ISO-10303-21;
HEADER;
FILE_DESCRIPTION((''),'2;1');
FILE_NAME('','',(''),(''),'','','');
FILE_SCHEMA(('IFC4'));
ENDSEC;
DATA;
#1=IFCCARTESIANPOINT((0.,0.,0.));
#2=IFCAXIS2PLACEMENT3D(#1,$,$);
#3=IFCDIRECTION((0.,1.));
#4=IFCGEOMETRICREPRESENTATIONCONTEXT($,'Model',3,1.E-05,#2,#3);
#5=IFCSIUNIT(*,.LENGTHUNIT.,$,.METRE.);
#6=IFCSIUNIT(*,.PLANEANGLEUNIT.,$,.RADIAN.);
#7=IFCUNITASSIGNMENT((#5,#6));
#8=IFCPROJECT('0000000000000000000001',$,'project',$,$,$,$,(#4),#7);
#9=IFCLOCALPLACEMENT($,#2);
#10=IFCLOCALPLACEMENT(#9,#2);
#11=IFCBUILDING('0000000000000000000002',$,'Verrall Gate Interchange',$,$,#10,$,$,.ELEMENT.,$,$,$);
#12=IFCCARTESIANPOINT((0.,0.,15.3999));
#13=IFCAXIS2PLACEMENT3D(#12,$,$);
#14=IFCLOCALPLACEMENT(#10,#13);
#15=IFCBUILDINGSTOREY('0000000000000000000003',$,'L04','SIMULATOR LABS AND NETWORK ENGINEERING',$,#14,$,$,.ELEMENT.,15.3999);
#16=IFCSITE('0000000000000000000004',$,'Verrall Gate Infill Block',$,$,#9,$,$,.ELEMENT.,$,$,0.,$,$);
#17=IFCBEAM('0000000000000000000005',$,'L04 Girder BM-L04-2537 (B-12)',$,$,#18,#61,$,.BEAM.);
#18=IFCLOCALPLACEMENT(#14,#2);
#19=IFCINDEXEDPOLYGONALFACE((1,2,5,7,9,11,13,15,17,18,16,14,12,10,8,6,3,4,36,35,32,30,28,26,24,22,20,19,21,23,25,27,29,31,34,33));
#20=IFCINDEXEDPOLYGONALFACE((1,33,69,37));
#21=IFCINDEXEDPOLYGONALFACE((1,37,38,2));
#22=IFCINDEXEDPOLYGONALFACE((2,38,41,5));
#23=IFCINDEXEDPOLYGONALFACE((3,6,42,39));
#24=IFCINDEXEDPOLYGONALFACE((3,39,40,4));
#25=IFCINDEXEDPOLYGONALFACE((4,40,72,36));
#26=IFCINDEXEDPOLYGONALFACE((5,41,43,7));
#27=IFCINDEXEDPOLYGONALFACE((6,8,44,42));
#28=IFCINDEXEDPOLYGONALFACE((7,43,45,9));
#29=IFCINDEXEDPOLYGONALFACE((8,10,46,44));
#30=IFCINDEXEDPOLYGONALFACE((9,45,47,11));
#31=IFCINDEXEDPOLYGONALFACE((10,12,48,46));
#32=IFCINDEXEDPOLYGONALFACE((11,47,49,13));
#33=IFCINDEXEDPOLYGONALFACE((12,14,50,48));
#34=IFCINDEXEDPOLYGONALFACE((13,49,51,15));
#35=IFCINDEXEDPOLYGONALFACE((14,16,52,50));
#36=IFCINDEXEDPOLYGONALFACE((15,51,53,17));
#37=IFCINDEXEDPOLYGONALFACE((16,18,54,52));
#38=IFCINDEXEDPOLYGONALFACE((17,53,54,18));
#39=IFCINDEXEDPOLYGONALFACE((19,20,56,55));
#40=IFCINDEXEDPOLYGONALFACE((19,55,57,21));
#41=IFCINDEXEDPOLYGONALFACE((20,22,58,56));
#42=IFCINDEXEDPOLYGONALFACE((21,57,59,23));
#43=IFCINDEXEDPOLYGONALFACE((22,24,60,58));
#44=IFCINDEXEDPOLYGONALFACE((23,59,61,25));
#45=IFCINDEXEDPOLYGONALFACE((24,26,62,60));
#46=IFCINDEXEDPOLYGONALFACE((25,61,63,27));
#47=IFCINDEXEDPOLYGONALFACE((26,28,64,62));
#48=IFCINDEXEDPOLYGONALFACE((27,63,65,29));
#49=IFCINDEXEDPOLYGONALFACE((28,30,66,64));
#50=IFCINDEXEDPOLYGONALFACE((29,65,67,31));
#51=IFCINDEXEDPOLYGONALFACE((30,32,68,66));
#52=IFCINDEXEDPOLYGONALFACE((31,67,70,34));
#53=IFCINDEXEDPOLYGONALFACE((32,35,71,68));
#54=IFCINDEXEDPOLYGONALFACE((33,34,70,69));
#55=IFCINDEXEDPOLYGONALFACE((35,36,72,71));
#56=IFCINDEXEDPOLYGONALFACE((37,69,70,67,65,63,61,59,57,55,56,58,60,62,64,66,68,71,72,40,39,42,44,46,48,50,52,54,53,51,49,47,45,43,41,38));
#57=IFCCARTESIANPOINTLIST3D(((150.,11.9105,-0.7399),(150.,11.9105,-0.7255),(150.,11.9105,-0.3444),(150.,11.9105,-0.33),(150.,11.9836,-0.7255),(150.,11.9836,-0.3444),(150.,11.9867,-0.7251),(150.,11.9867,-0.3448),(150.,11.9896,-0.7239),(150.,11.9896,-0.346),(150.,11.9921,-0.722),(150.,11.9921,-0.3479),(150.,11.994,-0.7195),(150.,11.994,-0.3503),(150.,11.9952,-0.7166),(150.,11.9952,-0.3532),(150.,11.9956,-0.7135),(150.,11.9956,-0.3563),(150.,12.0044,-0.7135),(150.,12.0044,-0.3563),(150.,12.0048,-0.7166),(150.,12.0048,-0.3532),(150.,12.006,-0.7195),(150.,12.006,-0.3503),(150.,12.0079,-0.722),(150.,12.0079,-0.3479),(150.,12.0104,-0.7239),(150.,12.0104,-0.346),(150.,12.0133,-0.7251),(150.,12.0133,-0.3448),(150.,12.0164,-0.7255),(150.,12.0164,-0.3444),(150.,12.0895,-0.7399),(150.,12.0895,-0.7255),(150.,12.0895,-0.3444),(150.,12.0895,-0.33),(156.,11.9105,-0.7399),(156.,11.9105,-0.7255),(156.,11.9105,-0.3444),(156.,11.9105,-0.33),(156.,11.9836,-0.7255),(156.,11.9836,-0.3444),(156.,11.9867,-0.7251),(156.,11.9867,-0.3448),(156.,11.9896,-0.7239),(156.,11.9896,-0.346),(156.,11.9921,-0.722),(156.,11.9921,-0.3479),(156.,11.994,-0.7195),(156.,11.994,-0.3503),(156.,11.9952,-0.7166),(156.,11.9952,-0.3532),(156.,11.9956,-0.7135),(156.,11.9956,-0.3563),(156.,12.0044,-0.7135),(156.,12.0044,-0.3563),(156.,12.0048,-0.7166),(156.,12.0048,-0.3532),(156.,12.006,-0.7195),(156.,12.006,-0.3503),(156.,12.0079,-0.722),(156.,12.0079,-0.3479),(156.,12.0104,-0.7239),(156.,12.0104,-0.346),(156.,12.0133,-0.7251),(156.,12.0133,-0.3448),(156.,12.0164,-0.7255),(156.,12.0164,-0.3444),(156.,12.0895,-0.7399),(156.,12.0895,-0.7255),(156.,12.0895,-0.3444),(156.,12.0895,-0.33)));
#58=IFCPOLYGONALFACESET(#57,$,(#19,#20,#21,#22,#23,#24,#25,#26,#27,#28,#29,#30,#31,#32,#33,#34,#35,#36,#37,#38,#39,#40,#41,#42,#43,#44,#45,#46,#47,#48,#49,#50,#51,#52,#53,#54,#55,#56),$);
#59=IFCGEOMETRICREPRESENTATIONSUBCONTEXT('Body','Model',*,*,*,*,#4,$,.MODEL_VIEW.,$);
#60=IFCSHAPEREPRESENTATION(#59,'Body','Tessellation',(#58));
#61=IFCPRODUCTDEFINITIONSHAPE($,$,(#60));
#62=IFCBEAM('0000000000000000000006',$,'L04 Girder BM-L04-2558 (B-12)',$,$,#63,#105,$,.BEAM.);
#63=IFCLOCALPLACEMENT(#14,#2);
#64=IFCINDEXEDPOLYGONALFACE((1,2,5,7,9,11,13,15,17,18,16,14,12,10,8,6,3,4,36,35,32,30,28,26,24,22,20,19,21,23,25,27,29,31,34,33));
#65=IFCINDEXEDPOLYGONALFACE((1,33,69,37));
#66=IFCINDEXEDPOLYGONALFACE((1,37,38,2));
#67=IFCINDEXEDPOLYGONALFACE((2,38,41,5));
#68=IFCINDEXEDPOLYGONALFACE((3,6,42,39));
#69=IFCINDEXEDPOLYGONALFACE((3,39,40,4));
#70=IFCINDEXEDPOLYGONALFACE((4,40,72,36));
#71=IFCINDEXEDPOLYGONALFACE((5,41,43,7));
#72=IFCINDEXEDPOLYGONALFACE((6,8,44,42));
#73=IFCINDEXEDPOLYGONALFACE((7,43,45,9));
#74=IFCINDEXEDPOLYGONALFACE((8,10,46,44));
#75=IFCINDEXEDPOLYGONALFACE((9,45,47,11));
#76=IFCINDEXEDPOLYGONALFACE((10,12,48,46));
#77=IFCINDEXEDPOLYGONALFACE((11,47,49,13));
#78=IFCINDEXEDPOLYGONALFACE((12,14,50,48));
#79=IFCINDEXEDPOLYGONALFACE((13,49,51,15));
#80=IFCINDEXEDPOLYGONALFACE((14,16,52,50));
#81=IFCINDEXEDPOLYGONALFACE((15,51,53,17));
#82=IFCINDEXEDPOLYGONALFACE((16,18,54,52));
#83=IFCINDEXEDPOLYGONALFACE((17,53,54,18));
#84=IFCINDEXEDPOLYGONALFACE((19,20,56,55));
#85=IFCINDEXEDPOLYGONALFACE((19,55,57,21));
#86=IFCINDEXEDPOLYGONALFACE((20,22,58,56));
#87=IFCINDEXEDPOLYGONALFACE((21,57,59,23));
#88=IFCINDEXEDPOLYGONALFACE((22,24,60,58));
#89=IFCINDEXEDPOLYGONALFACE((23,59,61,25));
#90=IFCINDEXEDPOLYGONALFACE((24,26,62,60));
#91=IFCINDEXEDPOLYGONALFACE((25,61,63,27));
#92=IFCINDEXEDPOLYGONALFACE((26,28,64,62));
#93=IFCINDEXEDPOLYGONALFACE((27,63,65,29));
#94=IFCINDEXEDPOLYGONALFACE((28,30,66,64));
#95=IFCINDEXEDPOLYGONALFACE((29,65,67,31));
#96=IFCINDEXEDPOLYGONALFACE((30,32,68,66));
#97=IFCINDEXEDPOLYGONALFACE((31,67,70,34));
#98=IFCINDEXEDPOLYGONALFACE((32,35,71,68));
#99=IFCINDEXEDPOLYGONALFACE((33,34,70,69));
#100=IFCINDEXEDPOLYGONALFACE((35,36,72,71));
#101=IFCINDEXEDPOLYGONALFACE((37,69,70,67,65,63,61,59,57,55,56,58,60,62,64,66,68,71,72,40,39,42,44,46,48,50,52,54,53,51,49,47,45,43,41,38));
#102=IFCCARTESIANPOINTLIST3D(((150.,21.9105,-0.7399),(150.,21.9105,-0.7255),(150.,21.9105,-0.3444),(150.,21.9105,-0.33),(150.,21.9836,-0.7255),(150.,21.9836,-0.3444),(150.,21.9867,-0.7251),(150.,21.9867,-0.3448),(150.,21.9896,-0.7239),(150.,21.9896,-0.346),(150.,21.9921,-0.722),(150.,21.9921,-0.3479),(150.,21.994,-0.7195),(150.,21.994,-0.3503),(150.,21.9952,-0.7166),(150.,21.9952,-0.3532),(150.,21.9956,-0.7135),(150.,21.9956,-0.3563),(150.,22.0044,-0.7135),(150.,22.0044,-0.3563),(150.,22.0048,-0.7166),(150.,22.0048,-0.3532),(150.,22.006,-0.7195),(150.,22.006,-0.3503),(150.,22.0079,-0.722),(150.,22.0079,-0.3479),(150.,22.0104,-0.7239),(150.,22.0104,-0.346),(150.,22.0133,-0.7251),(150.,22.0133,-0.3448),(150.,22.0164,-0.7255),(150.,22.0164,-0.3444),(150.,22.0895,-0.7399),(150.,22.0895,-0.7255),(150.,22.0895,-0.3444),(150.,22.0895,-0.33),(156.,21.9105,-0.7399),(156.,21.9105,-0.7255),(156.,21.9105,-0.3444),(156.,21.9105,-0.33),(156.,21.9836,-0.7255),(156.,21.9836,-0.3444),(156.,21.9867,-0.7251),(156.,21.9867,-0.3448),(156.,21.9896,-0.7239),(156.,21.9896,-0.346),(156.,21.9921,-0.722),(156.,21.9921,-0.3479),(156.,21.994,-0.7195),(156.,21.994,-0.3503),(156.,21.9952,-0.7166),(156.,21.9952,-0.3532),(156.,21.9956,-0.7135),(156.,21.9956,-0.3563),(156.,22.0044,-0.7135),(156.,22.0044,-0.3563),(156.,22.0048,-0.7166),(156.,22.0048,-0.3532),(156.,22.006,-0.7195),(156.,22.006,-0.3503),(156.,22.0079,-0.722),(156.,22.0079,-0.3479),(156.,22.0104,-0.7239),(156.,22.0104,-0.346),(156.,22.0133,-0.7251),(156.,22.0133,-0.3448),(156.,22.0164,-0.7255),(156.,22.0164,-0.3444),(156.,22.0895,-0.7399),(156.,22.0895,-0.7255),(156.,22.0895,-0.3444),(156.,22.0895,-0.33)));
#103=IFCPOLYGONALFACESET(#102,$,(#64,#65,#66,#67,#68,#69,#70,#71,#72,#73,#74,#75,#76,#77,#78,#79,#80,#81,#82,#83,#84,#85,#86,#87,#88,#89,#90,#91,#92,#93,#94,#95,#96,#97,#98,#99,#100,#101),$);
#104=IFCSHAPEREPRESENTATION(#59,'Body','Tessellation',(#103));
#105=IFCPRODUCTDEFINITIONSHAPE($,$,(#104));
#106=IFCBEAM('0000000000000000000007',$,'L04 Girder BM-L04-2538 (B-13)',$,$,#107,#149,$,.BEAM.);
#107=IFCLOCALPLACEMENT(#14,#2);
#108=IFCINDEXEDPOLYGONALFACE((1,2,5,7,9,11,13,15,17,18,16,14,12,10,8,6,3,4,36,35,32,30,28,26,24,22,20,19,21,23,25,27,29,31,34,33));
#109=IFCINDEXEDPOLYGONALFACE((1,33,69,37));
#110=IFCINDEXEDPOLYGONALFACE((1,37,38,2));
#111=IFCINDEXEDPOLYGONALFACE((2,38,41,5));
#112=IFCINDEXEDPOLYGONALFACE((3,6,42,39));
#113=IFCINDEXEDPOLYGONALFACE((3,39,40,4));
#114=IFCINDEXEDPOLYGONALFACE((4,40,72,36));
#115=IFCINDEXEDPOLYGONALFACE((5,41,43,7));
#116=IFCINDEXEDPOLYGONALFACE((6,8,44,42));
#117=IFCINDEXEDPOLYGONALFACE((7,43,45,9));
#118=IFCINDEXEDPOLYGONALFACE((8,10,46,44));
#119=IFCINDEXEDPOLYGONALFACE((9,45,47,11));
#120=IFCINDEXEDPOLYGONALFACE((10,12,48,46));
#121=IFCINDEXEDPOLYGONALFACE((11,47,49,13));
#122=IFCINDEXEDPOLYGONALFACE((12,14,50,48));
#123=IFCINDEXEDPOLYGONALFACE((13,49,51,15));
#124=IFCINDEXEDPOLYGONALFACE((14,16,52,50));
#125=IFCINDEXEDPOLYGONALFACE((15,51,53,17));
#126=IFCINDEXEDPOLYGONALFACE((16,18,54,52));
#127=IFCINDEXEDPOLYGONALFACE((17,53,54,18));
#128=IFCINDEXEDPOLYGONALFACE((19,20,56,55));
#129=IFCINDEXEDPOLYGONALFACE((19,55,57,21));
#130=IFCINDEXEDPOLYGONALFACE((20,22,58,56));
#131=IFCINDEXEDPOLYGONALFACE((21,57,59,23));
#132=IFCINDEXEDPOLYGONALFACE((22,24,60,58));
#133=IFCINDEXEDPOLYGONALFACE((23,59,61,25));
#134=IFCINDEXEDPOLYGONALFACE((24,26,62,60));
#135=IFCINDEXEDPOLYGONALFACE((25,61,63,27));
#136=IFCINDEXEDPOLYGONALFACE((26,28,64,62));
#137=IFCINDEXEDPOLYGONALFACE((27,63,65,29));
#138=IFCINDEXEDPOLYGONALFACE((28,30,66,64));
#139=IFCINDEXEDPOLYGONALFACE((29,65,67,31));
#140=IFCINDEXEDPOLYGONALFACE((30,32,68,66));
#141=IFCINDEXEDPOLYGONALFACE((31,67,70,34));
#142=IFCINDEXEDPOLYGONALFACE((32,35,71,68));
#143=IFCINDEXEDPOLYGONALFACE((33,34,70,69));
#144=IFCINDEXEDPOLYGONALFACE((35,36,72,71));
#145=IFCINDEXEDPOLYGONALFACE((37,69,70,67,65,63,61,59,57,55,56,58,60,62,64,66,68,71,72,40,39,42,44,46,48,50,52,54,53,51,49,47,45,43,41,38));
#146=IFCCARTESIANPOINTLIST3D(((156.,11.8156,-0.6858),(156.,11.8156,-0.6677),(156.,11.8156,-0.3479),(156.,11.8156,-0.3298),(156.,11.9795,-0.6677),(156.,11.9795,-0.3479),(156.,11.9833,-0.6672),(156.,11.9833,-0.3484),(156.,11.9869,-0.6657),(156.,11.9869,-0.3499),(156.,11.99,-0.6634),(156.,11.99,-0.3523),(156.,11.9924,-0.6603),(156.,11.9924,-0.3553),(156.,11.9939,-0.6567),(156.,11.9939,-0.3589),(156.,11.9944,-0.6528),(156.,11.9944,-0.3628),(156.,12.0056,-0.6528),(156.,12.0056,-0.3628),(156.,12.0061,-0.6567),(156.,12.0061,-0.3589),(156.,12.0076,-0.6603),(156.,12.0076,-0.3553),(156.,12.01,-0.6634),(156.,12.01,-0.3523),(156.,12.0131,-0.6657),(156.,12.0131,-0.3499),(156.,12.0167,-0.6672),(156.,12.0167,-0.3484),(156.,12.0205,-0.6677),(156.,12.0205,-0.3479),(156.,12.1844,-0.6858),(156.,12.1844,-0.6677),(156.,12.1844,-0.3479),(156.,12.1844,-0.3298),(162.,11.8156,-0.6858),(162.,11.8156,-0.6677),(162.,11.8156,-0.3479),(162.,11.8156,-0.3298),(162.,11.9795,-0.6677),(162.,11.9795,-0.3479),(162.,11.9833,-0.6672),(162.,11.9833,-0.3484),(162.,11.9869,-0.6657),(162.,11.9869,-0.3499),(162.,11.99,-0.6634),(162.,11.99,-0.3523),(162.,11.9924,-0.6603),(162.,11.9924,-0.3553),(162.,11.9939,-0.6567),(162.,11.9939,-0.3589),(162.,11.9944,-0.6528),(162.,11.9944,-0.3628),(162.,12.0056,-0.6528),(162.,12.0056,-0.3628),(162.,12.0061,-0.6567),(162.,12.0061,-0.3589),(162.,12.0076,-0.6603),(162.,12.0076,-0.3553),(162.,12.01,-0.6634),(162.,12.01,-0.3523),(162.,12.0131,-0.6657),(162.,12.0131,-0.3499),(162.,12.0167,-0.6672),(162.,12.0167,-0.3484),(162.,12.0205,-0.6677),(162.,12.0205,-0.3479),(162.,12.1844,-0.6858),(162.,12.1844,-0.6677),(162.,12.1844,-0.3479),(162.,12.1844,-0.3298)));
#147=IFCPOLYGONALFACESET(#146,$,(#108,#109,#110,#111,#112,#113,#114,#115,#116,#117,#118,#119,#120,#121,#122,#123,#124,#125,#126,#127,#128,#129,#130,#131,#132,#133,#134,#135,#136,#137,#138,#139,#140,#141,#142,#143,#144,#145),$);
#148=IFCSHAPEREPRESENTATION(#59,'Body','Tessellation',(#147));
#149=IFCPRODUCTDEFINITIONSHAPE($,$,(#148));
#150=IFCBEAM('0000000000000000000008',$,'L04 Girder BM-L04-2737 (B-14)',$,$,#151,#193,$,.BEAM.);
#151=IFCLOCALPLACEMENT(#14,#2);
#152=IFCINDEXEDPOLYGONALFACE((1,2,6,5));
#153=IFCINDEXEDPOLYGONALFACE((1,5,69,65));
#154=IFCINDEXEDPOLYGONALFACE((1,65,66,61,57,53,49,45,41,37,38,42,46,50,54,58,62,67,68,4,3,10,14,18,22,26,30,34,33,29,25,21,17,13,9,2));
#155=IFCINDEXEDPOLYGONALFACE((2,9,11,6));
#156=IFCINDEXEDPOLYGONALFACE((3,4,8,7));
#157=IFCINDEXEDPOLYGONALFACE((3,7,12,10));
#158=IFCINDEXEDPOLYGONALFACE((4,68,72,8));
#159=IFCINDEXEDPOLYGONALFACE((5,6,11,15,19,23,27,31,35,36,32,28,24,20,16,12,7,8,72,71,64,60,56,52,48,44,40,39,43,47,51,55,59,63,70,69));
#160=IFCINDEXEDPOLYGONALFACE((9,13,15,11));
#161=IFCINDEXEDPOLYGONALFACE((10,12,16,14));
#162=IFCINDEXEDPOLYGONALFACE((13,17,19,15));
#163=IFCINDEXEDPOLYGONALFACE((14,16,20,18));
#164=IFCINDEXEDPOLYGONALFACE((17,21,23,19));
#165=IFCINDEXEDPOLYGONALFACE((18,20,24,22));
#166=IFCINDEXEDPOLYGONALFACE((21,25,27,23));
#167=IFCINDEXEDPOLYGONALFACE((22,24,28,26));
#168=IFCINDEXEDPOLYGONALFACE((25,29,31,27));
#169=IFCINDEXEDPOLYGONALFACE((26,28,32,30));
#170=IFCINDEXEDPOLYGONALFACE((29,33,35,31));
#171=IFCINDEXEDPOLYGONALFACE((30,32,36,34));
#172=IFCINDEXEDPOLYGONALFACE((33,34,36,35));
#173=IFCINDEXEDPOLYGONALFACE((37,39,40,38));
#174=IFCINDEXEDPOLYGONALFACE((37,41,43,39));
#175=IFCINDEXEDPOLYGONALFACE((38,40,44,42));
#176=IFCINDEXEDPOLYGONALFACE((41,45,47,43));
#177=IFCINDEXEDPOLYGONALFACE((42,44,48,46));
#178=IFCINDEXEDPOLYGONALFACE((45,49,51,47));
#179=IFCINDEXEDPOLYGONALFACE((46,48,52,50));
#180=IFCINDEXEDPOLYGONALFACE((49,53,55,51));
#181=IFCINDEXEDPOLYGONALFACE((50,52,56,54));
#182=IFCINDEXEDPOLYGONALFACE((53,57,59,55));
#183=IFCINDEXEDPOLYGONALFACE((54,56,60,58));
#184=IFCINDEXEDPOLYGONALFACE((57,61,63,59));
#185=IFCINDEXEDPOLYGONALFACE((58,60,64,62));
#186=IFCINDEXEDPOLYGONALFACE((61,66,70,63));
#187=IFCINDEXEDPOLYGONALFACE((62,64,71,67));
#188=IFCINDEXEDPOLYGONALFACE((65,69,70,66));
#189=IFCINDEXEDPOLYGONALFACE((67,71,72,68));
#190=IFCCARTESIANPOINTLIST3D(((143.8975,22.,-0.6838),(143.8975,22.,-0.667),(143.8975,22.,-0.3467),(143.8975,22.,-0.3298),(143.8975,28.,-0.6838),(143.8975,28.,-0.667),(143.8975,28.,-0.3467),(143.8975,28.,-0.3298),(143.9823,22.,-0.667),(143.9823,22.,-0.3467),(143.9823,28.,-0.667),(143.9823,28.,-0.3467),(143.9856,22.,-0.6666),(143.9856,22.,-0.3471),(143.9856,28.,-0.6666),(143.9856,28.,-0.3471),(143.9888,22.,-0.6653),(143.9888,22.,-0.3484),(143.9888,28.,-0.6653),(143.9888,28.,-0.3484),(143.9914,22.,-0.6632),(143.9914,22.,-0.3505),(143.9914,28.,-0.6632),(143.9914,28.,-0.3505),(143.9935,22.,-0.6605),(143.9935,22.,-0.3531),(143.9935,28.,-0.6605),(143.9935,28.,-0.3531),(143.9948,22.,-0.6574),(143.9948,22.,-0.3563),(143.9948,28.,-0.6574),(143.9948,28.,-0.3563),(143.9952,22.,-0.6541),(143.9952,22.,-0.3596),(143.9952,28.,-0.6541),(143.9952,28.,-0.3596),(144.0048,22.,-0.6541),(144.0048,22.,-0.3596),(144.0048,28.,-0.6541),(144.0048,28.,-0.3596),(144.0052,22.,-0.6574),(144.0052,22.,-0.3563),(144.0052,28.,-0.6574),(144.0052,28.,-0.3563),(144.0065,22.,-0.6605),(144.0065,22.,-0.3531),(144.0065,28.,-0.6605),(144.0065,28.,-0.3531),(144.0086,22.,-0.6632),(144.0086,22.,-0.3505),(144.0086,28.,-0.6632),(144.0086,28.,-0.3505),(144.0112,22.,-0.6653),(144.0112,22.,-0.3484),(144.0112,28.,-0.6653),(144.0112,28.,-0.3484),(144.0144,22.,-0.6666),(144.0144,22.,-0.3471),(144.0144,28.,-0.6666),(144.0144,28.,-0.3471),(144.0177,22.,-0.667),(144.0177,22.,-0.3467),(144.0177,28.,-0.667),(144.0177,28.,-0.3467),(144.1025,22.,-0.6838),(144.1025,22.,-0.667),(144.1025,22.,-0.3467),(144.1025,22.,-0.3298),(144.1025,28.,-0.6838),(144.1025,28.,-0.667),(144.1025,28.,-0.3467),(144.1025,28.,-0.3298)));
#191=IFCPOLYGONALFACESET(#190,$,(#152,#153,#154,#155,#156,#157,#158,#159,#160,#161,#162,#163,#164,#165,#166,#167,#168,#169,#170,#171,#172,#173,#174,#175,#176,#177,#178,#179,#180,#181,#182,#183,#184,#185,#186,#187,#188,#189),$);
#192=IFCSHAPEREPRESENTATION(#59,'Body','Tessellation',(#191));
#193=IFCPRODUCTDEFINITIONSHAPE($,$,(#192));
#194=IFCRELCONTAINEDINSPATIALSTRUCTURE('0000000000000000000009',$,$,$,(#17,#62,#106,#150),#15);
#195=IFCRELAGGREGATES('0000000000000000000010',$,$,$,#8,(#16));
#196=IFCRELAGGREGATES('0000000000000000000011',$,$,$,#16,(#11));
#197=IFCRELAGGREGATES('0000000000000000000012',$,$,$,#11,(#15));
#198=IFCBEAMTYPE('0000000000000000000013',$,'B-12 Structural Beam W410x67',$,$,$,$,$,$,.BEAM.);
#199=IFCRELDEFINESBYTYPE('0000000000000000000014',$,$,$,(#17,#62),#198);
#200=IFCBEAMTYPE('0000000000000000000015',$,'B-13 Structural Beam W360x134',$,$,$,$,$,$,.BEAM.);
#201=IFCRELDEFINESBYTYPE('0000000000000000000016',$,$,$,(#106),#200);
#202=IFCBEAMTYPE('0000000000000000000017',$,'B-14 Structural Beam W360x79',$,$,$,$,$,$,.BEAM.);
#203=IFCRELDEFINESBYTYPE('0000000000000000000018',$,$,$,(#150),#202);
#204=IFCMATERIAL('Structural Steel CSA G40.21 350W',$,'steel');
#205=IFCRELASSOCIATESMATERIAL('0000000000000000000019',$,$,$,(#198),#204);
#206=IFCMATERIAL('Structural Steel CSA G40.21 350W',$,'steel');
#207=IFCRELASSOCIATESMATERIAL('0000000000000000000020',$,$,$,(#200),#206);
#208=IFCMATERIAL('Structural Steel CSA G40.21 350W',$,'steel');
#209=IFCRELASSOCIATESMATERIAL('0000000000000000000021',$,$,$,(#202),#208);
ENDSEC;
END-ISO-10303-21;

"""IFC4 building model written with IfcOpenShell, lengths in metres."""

from ifc_helpers import new_model, si_unit, direction, frame, origin, origin_2d, place, context, subcontext, project, spatial, i_section, extrude, material, material_profile, profile_set, type_object, element, save


model = new_model("IFC4")

# Units and contexts
model_context = context("Model", 3, precision=1e-05, world=origin(), true_north=direction((0.0, 1.0)))
body_context = subcontext(model_context, "Body", "Model", "MODEL_VIEW")
ifc_project = project(units=[si_unit("LENGTHUNIT", "METRE"), si_unit("PLANEANGLEUNIT", "RADIAN")], contexts=[model_context])

# Site, building, storey
site_placement = place(None, origin())
site = spatial("IfcSite", under=ifc_project, at=site_placement, Name="Verrall Gate Infill Block", CompositionType="ELEMENT", RefElevation=0.0)
building_placement = place(site_placement, origin())
building = spatial("IfcBuilding", under=site, at=building_placement, Name="Verrall Gate Interchange", CompositionType="ELEMENT")
storey_placement = place(building_placement, frame((0.0, 0.0, 15.3999)))
storey = spatial("IfcBuildingStorey", under=building, at=storey_placement, Name="L04", Description="SIMULATOR LABS AND NETWORK ENGINEERING", CompositionType="ELEMENT", Elevation=15.3999)

# Beams
ifc_material_1 = material(Name="Structural Steel CSA G40.21 350W", Category="steel")
ifc_material_profile_1 = material_profile(ifc_material_1, i_section(OverallWidth=0.179, OverallDepth=0.4099, WebThickness=0.0088, FlangeThickness=0.0144, FilletRadius=0.012, at=origin_2d()), Name="W410x67")
ifc_profile_set_1 = profile_set([ifc_material_profile_1], Name="Structural Steel CSA G40.21 350W")
beam_type_1 = type_object("IfcBeamType", Name="B-12 Structural Beam W410x67", PredefinedType="BEAM", material=ifc_profile_set_1)
for number, where, z_axis, x_axis, name in (
    (1, (150.0, 12.0, -0.5349), (1.0, 0.0, 0.0), (0.0, 1.0, 0.0), "L04 Girder BM-L04-2537 (B-12)"),
    (2, (150.0, 22.0, -0.5349), (1.0, 0.0, 0.0), (0.0, 1.0, 0.0), "L04 Girder BM-L04-2558 (B-12)"),
):
    element("IfcBeam", number, at=place(storey_placement, frame(where, z_axis=z_axis, x_axis=x_axis)), inside=storey, type_object=beam_type_1, Name=name, PredefinedType="BEAM", context=body_context, shape_type="SweptSolid", body=[
        extrude(i_section(OverallWidth=0.179, OverallDepth=0.4099, WebThickness=0.0088, FlangeThickness=0.0144, FilletRadius=0.012, at=origin_2d()), origin(), (0.0, 0.0, 1.0), 6.0),
    ])
ifc_material_2 = material(Name="Structural Steel CSA G40.21 350W", Category="steel")
ifc_material_profile_2 = material_profile(ifc_material_2, i_section(OverallWidth=0.3689, OverallDepth=0.356, WebThickness=0.0112, FlangeThickness=0.0181, FilletRadius=0.0149, at=origin_2d()), Name="W360x134")
ifc_profile_set_2 = profile_set([ifc_material_profile_2], Name="Structural Steel CSA G40.21 350W")
beam_type_2 = type_object("IfcBeamType", Name="B-13 Structural Beam W360x134", PredefinedType="BEAM", material=ifc_profile_set_2)
beam_1_placement = place(storey_placement, frame((156.0, 12.0, -0.5078), z_axis=(1.0, 0.0, 0.0), x_axis=(0.0, 1.0, 0.0)))
element("IfcBeam", 3, at=beam_1_placement, inside=storey, type_object=beam_type_2, Name="L04 Girder BM-L04-2538 (B-13)", PredefinedType="BEAM", context=body_context, shape_type="SweptSolid", body=[
    extrude(i_section(OverallWidth=0.3689, OverallDepth=0.356, WebThickness=0.0112, FlangeThickness=0.0181, FilletRadius=0.0149, at=origin_2d()), origin(), (0.0, 0.0, 1.0), 6.0),
])
ifc_material_3 = material(Name="Structural Steel CSA G40.21 350W", Category="steel")
ifc_material_profile_3 = material_profile(ifc_material_3, i_section(OverallWidth=0.2051, OverallDepth=0.354, WebThickness=0.0095, FlangeThickness=0.0168, FilletRadius=0.0129, at=origin_2d()), Name="W360x79")
ifc_profile_set_3 = profile_set([ifc_material_profile_3], Name="Structural Steel CSA G40.21 350W")
beam_type_3 = type_object("IfcBeamType", Name="B-14 Structural Beam W360x79", PredefinedType="BEAM", material=ifc_profile_set_3)
beam_2_placement = place(storey_placement, frame((144.0, 22.0, -0.5068), z_axis=(0.0, 1.0, 0.0), x_axis=(-1.0, 0.0, 0.0)))
element("IfcBeam", 4, at=beam_2_placement, inside=storey, type_object=beam_type_3, Name="L04 Girder BM-L04-2737 (B-14)", PredefinedType="BEAM", context=body_context, shape_type="SweptSolid", body=[
    extrude(i_section(OverallWidth=0.2051, OverallDepth=0.354, WebThickness=0.0095, FlangeThickness=0.0168, FilletRadius=0.0129, at=origin_2d()), origin(), (0.0, 0.0, 1.0), 6.0),
])

save(model, "model.ifc")
